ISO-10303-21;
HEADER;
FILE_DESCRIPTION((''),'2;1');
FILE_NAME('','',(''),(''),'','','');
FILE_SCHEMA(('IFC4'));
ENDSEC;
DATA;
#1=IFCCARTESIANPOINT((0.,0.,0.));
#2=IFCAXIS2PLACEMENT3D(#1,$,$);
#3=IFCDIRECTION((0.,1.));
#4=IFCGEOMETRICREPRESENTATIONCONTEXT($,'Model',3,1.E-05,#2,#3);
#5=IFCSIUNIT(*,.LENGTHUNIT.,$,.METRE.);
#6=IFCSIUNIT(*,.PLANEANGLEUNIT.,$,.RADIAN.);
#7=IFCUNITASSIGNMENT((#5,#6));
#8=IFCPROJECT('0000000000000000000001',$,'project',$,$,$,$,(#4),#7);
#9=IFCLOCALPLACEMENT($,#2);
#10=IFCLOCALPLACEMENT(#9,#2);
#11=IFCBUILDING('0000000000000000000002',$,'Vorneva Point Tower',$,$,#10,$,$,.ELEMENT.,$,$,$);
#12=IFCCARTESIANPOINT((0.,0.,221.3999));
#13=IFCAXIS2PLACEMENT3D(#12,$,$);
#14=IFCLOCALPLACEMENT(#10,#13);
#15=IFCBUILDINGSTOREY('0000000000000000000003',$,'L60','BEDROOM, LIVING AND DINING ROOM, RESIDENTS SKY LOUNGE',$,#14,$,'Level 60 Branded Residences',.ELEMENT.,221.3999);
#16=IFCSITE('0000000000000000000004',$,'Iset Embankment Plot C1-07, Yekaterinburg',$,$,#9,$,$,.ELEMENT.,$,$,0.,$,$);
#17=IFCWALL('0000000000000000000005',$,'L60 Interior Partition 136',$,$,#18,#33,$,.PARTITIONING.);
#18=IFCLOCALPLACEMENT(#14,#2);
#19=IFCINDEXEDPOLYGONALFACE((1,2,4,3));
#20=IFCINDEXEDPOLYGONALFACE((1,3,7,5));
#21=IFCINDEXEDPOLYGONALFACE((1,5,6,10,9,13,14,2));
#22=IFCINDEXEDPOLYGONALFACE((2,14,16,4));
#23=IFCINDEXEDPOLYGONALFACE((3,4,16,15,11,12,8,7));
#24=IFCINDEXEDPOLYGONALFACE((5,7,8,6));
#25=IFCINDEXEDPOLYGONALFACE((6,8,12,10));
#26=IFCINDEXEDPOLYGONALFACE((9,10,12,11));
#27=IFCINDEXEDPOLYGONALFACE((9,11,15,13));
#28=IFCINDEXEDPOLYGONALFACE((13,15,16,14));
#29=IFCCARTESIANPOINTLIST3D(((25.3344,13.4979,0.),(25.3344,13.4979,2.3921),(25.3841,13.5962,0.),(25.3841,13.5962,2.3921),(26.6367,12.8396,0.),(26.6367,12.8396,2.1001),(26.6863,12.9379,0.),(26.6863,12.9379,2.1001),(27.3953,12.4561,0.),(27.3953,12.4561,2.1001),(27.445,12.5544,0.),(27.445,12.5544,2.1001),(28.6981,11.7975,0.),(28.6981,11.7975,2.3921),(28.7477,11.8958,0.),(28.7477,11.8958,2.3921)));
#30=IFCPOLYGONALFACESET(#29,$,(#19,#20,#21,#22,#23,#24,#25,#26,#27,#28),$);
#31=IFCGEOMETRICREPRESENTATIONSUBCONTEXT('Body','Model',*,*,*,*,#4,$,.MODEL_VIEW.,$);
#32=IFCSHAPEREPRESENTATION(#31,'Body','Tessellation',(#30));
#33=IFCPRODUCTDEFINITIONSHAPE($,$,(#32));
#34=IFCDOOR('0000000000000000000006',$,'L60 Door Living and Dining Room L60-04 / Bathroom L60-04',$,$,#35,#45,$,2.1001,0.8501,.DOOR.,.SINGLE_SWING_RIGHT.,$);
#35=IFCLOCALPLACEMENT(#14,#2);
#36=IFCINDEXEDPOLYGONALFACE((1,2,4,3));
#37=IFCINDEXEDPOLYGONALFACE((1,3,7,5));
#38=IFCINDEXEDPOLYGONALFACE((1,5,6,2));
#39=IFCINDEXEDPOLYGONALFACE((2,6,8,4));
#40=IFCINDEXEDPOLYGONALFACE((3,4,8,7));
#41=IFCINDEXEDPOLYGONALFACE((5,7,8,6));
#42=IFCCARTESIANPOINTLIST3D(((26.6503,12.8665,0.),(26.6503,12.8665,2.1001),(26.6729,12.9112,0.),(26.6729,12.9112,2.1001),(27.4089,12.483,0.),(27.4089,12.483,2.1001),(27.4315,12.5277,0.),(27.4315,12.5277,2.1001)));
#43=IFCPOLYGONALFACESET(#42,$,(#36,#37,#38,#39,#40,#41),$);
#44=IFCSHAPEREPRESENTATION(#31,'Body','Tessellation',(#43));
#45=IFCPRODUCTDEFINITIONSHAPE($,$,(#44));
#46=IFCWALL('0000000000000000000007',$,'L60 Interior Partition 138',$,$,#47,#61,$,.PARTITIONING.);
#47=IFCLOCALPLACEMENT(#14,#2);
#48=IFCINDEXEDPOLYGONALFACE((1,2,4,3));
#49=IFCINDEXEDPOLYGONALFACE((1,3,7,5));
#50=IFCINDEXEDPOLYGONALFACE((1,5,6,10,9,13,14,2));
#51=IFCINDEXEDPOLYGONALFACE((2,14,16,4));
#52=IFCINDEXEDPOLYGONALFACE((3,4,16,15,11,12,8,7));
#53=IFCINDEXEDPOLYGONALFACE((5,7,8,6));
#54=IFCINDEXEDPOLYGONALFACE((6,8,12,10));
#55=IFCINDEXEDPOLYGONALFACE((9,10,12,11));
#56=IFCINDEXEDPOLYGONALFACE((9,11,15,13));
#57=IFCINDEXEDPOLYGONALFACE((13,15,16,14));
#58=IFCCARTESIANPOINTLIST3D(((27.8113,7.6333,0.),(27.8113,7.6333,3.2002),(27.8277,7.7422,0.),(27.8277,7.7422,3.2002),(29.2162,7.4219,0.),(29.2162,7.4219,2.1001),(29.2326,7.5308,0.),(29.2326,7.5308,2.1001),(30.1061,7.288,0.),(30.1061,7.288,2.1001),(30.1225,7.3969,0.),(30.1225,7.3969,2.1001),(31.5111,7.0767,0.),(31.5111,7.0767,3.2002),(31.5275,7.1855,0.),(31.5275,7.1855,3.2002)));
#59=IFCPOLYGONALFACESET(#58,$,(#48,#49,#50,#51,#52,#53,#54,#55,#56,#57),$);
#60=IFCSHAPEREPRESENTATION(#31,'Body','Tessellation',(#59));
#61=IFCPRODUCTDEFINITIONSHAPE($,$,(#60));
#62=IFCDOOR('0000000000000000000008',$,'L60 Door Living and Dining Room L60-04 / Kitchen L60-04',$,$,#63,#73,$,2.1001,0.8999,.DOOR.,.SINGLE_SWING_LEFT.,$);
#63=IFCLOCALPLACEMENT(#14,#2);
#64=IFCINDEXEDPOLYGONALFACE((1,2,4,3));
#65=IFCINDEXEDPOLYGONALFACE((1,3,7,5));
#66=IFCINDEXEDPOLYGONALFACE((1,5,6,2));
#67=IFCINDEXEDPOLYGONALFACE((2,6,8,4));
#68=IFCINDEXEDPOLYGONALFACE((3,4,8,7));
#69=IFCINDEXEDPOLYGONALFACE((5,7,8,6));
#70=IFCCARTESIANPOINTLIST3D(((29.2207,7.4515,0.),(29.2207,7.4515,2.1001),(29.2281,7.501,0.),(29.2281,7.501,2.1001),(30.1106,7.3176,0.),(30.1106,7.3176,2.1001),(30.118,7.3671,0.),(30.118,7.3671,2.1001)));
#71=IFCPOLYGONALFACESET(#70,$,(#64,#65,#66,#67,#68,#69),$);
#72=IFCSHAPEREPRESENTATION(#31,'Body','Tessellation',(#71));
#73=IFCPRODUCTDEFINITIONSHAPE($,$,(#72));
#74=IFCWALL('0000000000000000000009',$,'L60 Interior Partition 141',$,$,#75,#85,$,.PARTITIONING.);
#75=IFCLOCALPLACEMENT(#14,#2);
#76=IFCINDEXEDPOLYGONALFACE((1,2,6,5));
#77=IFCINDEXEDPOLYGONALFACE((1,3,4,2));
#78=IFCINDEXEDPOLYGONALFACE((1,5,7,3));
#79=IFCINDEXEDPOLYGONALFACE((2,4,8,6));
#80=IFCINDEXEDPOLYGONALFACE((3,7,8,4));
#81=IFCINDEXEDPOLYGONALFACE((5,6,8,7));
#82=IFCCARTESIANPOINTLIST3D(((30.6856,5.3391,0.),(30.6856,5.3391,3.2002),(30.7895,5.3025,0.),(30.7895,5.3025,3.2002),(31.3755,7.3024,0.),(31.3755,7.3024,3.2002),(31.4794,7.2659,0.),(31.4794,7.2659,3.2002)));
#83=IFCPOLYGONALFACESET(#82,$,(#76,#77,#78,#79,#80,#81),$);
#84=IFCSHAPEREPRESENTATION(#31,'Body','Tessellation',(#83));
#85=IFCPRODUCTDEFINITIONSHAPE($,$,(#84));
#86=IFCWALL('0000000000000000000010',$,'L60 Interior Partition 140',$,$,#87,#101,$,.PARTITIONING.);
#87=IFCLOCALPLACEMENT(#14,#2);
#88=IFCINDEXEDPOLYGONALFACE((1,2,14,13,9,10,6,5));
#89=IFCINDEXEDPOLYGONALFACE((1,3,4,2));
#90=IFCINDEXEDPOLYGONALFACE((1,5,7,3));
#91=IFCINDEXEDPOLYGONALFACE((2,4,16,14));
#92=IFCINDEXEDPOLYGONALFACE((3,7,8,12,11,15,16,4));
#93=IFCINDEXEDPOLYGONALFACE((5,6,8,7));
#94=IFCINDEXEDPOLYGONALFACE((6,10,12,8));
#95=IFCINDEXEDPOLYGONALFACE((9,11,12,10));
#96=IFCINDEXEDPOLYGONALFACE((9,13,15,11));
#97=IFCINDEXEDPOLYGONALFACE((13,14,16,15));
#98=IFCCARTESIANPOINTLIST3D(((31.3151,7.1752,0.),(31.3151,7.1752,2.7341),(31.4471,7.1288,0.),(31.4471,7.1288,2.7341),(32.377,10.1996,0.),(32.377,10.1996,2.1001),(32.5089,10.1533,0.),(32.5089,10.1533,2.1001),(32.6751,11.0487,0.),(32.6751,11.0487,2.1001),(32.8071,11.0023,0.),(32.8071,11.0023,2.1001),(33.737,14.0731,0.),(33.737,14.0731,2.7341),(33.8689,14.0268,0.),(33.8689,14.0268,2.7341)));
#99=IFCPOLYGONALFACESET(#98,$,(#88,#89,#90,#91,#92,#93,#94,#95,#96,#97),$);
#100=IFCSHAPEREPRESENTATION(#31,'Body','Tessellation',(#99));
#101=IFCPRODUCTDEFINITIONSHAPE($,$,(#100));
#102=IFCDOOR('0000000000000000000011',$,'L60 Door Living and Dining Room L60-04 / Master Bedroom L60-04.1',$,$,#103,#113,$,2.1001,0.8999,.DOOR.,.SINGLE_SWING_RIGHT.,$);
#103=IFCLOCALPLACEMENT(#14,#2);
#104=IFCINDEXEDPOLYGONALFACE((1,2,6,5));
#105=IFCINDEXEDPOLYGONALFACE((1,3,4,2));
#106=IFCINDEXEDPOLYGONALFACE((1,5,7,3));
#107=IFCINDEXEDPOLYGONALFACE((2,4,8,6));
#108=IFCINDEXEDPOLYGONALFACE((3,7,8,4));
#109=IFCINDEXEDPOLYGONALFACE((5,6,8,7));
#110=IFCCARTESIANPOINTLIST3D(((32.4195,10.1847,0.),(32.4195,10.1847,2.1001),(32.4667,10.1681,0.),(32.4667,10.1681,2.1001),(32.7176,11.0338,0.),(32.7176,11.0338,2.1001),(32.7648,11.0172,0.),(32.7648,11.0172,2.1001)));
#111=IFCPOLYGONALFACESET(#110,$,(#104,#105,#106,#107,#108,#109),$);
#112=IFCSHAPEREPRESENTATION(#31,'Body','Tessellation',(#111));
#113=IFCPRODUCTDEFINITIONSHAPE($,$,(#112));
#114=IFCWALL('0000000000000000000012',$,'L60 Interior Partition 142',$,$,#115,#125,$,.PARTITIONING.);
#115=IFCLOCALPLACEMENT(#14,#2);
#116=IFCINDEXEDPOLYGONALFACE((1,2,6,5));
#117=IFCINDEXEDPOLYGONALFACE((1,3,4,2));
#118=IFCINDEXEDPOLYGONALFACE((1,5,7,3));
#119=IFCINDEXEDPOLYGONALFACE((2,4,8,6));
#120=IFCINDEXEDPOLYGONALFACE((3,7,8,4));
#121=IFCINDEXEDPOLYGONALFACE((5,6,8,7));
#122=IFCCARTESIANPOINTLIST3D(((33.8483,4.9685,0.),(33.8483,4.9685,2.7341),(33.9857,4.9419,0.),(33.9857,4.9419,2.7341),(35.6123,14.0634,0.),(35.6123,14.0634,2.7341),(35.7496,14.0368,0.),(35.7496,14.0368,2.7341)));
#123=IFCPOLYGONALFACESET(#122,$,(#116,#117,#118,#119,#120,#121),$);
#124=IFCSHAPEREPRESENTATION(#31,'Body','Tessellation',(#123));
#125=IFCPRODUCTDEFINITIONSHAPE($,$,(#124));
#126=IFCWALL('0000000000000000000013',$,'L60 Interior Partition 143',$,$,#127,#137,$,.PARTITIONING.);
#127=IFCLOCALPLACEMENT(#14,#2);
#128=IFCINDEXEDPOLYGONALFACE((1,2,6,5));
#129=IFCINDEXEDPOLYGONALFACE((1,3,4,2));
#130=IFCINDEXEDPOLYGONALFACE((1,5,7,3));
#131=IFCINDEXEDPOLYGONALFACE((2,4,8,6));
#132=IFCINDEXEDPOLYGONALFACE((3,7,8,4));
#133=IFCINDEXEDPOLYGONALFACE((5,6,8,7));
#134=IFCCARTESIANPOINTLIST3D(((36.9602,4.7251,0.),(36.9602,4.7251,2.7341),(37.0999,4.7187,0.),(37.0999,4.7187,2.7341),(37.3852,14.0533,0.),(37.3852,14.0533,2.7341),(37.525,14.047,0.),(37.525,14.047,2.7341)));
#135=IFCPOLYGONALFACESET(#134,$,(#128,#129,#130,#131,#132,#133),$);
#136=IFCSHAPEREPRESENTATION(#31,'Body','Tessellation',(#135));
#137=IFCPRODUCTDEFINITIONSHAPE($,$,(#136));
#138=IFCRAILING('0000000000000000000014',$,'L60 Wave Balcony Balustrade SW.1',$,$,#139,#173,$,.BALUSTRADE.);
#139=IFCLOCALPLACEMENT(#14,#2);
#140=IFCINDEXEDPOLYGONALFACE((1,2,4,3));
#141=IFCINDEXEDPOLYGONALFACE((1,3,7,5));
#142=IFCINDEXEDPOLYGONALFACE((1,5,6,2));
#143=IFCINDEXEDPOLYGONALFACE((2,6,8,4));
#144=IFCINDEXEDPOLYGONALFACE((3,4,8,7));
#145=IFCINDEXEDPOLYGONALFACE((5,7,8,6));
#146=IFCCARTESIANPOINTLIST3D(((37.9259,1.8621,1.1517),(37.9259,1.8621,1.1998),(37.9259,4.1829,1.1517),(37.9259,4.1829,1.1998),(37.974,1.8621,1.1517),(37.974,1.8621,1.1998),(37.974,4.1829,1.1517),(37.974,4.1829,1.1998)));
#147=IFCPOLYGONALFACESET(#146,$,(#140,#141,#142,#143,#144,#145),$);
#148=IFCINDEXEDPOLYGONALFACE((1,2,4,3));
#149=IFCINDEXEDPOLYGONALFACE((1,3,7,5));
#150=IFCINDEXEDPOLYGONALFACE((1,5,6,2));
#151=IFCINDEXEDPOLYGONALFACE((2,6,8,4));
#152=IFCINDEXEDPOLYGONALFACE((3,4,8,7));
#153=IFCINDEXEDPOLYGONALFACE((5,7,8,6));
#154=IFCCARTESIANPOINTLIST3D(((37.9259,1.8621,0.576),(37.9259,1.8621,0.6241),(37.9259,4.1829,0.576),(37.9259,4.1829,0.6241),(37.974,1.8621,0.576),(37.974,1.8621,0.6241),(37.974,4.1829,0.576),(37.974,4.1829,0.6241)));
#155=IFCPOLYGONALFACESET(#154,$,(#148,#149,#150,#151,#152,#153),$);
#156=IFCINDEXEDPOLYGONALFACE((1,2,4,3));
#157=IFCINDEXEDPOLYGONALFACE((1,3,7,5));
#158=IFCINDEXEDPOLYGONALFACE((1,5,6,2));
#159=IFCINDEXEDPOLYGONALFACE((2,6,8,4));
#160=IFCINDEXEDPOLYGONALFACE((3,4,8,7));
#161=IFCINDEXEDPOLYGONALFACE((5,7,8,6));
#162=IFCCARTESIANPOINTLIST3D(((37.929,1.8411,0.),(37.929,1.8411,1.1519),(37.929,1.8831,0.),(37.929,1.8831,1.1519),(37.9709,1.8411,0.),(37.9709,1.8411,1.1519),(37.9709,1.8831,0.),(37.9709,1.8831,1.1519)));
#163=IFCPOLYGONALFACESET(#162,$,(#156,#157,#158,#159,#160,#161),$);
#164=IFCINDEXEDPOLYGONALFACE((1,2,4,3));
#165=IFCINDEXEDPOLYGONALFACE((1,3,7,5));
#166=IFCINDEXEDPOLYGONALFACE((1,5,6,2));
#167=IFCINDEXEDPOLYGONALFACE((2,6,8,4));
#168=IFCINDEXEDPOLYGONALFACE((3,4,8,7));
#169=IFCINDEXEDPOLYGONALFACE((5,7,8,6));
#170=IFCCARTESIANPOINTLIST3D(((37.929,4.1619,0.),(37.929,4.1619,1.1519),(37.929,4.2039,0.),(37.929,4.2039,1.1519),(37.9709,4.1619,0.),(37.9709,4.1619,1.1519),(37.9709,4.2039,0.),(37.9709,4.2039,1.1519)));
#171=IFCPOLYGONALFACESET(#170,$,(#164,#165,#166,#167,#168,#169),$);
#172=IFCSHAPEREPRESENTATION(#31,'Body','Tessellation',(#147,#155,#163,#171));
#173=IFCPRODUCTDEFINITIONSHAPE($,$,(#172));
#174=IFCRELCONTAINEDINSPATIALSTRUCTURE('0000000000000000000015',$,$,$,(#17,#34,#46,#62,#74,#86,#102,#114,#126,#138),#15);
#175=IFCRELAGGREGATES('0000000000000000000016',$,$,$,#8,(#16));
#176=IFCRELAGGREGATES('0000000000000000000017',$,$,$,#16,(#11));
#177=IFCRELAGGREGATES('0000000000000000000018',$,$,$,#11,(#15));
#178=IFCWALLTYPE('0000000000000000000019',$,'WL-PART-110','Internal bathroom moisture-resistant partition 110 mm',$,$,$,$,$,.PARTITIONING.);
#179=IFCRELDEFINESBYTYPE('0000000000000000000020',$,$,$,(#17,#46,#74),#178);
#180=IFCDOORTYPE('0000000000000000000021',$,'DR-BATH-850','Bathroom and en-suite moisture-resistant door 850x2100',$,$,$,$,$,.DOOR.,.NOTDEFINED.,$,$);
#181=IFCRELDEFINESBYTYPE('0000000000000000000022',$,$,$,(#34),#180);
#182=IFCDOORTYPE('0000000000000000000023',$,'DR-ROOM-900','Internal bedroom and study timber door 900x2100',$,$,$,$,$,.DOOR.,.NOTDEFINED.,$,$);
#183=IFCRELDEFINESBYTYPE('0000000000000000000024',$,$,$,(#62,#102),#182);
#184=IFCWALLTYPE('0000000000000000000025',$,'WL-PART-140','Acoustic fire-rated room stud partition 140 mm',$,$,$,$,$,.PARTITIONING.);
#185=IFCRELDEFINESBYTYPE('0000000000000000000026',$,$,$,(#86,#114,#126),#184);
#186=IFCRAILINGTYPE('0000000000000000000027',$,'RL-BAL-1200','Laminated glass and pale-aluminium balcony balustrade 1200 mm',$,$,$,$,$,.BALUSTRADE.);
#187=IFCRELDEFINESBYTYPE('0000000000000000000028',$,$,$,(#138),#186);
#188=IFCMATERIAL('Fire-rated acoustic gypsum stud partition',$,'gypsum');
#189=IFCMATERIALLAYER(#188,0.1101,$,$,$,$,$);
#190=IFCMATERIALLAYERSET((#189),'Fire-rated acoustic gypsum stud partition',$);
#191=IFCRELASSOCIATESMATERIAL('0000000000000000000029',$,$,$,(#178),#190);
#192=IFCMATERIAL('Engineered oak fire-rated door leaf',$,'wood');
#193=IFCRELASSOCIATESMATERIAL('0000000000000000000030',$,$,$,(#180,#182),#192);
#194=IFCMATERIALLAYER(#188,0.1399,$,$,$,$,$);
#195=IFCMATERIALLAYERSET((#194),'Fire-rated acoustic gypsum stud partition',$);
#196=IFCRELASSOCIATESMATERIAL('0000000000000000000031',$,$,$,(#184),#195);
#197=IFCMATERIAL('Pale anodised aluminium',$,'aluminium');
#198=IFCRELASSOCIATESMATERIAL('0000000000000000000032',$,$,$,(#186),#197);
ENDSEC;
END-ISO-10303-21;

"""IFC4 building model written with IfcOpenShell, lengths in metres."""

from ifc_helpers import new_model, si_unit, direction, frame, frame_2d, origin, origin_2d, place, context, subcontext, project, spatial, rectangle, extrude, material, layer, layer_set, type_object, element, fill, save


model = new_model("IFC4")

# Units and contexts
model_context = context("Model", 3, precision=1e-05, world=origin(), true_north=direction((0.0, 1.0)))
body_context = subcontext(model_context, "Body", "Model", "MODEL_VIEW")
ifc_project = project(units=[si_unit("LENGTHUNIT", "METRE"), si_unit("PLANEANGLEUNIT", "RADIAN")], contexts=[model_context])

# Site, building, storey
site_placement = place(None, origin())
site = spatial("IfcSite", under=ifc_project, at=site_placement, Name="Iset Embankment Plot C1-07, Yekaterinburg", CompositionType="ELEMENT", RefElevation=0.0)
building_placement = place(site_placement, origin())
building = spatial("IfcBuilding", under=site, at=building_placement, Name="Vorneva Point Tower", CompositionType="ELEMENT")
storey_placement = place(building_placement, frame((0.0, 0.0, 221.3999)))
storey = spatial("IfcBuildingStorey", under=building, at=storey_placement, Name="L60", Description="BEDROOM, LIVING AND DINING ROOM, RESIDENTS SKY LOUNGE", LongName="Level 60 Branded Residences", CompositionType="ELEMENT", Elevation=221.3999)

# Shared definitions
ifc_material_1 = material(Name="Pale anodised aluminium", Category="aluminium")

# Walls, openings, doors
ifc_material_2 = material(Name="Fire-rated acoustic gypsum stud partition", Category="gypsum")
ifc_layer_1 = layer(ifc_material_2, 0.1101)
ifc_layer_set_1 = layer_set([ifc_layer_1], Name="Fire-rated acoustic gypsum stud partition")
wall_type_1 = type_object("IfcWallType", Name="WL-PART-110", Description="Internal bathroom moisture-resistant partition 110 mm", PredefinedType="PARTITIONING", material=ifc_layer_set_1)
wall_1_placement = place(storey_placement, frame((28.7229, 11.8467, 0.0), z_axis=(0.0, 0.0, 1.0), x_axis=(-0.892449, 0.451147, 0.0)))
wall_1 = element("IfcWall", 1, at=wall_1_placement, inside=storey, type_object=wall_type_1, Name="L60 Interior Partition 136", PredefinedType="PARTITIONING", context=body_context, shape_type="SweptSolid", body=[
    extrude(rectangle(XDim=3.769, YDim=0.1101, at=frame_2d((1.8845, 0.0))), origin(), (0.0, 0.0, 1.0), 2.3921),
])
opening_1_placement = place(wall_1_placement, frame((1.4597, 0.0, 0.0)))
opening_1 = element("IfcOpeningElement", 2, at=opening_1_placement, cuts=wall_1, PredefinedType="OPENING", context=body_context, shape_type="SweptSolid", body=[
    extrude(rectangle(XDim=0.8501, YDim=2.1001, at=frame_2d((0.425, 1.05))), frame((0.0, 0.0698, 0.0), z_axis=(0.0, -1.0, 0.0), x_axis=(1.0, 0.0, 0.0)), (0.0, 0.0, 1.0), 0.1399),
])
ifc_material_3 = material(Name="Engineered oak fire-rated door leaf", Category="wood")
door_type_1 = type_object("IfcDoorType", Name="DR-BATH-850", Description="Bathroom and en-suite moisture-resistant door 850x2100", OperationType="NOTDEFINED", PredefinedType="DOOR", material=ifc_material_3)
door_1_placement = place(opening_1_placement, origin())
door_1 = element("IfcDoor", 3, at=door_1_placement, inside=storey, type_object=door_type_1, Name="L60 Door Living and Dining Room L60-04 / Bathroom L60-04", OperationType="SINGLE_SWING_RIGHT", OverallHeight=2.1001, OverallWidth=0.8501, PredefinedType="DOOR", context=body_context, shape_type="SweptSolid", body=[
    extrude(rectangle(XDim=0.8501, YDim=2.1001, at=frame_2d((0.425, 1.05))), frame((0.0, 0.0249, 0.0), z_axis=(0.0, -1.0, 0.0), x_axis=(1.0, 0.0, 0.0)), (0.0, 0.0, 1.0), 0.05),
])
fill(opening_1, door_1)
wall_2_placement = place(storey_placement, frame((27.8196, 7.6877, 0.0), z_axis=(0.0, 0.0, 1.0), x_axis=(0.98887, -0.148781, 0.0)))
wall_2 = element("IfcWall", 4, at=wall_2_placement, inside=storey, type_object=wall_type_1, Name="L60 Interior Partition 138", PredefinedType="PARTITIONING", context=body_context, shape_type="SweptSolid", body=[
    extrude(rectangle(XDim=3.7415, YDim=0.1101, at=frame_2d((1.8706, 0.0))), origin(), (0.0, 0.0, 1.0), 3.2002),
])
opening_2_placement = place(wall_2_placement, frame((1.4207, 0.0, 0.0)))
opening_2 = element("IfcOpeningElement", 5, at=opening_2_placement, cuts=wall_2, PredefinedType="OPENING", context=body_context, shape_type="SweptSolid", body=[
    extrude(rectangle(XDim=0.8999, YDim=2.1001, at=frame_2d((0.45, 1.05))), frame((0.0, 0.0698, 0.0), z_axis=(0.0, -1.0, 0.0), x_axis=(1.0, 0.0, 0.0)), (0.0, 0.0, 1.0), 0.1399),
])
door_type_2 = type_object("IfcDoorType", Name="DR-ROOM-900", Description="Internal bedroom and study timber door 900x2100", OperationType="NOTDEFINED", PredefinedType="DOOR", material=ifc_material_3)
door_2_placement = place(opening_2_placement, origin())
door_2 = element("IfcDoor", 6, at=door_2_placement, inside=storey, type_object=door_type_2, Name="L60 Door Living and Dining Room L60-04 / Kitchen L60-04", OperationType="SINGLE_SWING_LEFT", OverallHeight=2.1001, OverallWidth=0.8999, PredefinedType="DOOR", context=body_context, shape_type="SweptSolid", body=[
    extrude(rectangle(XDim=0.8999, YDim=2.1001, at=frame_2d((0.45, 1.05))), frame((0.0, 0.0249, 0.0), z_axis=(0.0, -1.0, 0.0), x_axis=(1.0, 0.0, 0.0)), (0.0, 0.0, 1.0), 0.05),
])
fill(opening_2, door_2)

# Wall
wall_3_placement = place(storey_placement, frame((30.7375, 5.3208, 0.0), z_axis=(0.0, 0.0, 1.0), x_axis=(0.331531, 0.943444, 0.0)))
element("IfcWall", 7, at=wall_3_placement, inside=storey, type_object=wall_type_1, Name="L60 Interior Partition 141", PredefinedType="PARTITIONING", context=body_context, shape_type="SweptSolid", body=[
    extrude(rectangle(XDim=2.0811, YDim=0.1101, at=frame_2d((1.0405, 0.0))), origin(), (0.0, 0.0, 1.0), 3.2002),
])

# Wall, opening, door
ifc_layer_2 = layer(ifc_material_2, 0.1399)
ifc_layer_set_2 = layer_set([ifc_layer_2], Name="Fire-rated acoustic gypsum stud partition")
wall_type_2 = type_object("IfcWallType", Name="WL-PART-140", Description="Acoustic fire-rated room stud partition 140 mm", PredefinedType="PARTITIONING", material=ifc_layer_set_2)
wall_4_placement = place(storey_placement, frame((31.3811, 7.1521, 0.0), z_axis=(0.0, 0.0, 1.0), x_axis=(0.331276, 0.943534, 0.0)))
wall_4 = element("IfcWall", 8, at=wall_4_placement, inside=storey, type_object=wall_type_2, Name="L60 Interior Partition 140", PredefinedType="PARTITIONING", context=body_context, shape_type="SweptSolid", body=[
    extrude(rectangle(XDim=7.3108, YDim=0.1399, at=frame_2d((3.6553, 0.0))), origin(), (0.0, 0.0, 1.0), 2.7341),
])
opening_3_placement = place(wall_4_placement, frame((3.2053, 0.0, 0.0)))
opening_3 = element("IfcOpeningElement", 9, at=opening_3_placement, cuts=wall_4, PredefinedType="OPENING", context=body_context, shape_type="SweptSolid", body=[
    extrude(rectangle(XDim=0.8999, YDim=2.1001, at=frame_2d((0.45, 1.05))), frame((0.0, 0.085, 0.0), z_axis=(0.0, -1.0, 0.0), x_axis=(1.0, 0.0, 0.0)), (0.0, 0.0, 1.0), 0.1697),
])
door_3_placement = place(opening_3_placement, origin())
door_3 = element("IfcDoor", 10, at=door_3_placement, inside=storey, type_object=door_type_2, Name="L60 Door Living and Dining Room L60-04 / Master Bedroom L60-04.1", OperationType="SINGLE_SWING_RIGHT", OverallHeight=2.1001, OverallWidth=0.8999, PredefinedType="DOOR", context=body_context, shape_type="SweptSolid", body=[
    extrude(rectangle(XDim=0.8999, YDim=2.1001, at=frame_2d((0.45, 1.05))), frame((0.0, 0.0249, 0.0), z_axis=(0.0, -1.0, 0.0), x_axis=(1.0, 0.0, 0.0)), (0.0, 0.0, 1.0), 0.05),
])
fill(opening_3, door_3)

# Walls
wall_5_placement = place(storey_placement, frame((33.917, 4.9551, 0.0), z_axis=(0.0, 0.0, 1.0), x_axis=(0.190396, 0.981707, 0.0)))
element("IfcWall", 11, at=wall_5_placement, inside=storey, type_object=wall_type_2, Name="L60 Interior Partition 142", PredefinedType="PARTITIONING", context=body_context, shape_type="SweptSolid", body=[
    extrude(rectangle(XDim=9.2644, YDim=0.1399, at=frame_2d((4.6323, 0.0))), origin(), (0.0, 0.0, 1.0), 2.7341),
])
wall_6_placement = place(storey_placement, frame((37.03, 4.7219, 0.0), z_axis=(0.0, 0.0, 1.0), x_axis=(0.045519, 0.998963, 0.0)))
element("IfcWall", 12, at=wall_6_placement, inside=storey, type_object=wall_type_2, Name="L60 Interior Partition 143", PredefinedType="PARTITIONING", context=body_context, shape_type="SweptSolid", body=[
    extrude(rectangle(XDim=9.3379, YDim=0.1399, at=frame_2d((4.6689, 0.0))), origin(), (0.0, 0.0, 1.0), 2.7341),
])

# Railing
railing_type = type_object("IfcRailingType", Name="RL-BAL-1200", Description="Laminated glass and pale-aluminium balcony balustrade 1200 mm", PredefinedType="BALUSTRADE", material=ifc_material_1)
railing_placement = place(storey_placement, frame((37.95, 1.8621, 0.0)))
element("IfcRailing", 13, at=railing_placement, inside=storey, type_object=railing_type, Name="L60 Wave Balcony Balustrade SW.1", PredefinedType="BALUSTRADE", context=body_context, shape_type="SweptSolid", body=[
    extrude(rectangle(XDim=0.0481, YDim=0.0481, at=origin_2d()), frame((0.0, 0.0, 1.1758), z_axis=(0.0, 1.0, 0.0), x_axis=(-1.0, 0.0, 0.0)), (0.0, 0.0, 1.0), 2.3208),
    extrude(rectangle(XDim=0.0481, YDim=0.0481, at=origin_2d()), frame((0.0, 0.0, 0.6001), z_axis=(0.0, 1.0, 0.0), x_axis=(-1.0, 0.0, 0.0)), (0.0, 0.0, 1.0), 2.3208),
    extrude(rectangle(XDim=0.042, YDim=0.042, at=origin_2d()), origin(), (0.0, 0.0, 1.0), 1.1519),
    extrude(rectangle(XDim=0.042, YDim=0.042, at=origin_2d()), frame((0.0, 2.3208, 0.0)), (0.0, 0.0, 1.0), 1.1519),
])

save(model, "model.ifc")
